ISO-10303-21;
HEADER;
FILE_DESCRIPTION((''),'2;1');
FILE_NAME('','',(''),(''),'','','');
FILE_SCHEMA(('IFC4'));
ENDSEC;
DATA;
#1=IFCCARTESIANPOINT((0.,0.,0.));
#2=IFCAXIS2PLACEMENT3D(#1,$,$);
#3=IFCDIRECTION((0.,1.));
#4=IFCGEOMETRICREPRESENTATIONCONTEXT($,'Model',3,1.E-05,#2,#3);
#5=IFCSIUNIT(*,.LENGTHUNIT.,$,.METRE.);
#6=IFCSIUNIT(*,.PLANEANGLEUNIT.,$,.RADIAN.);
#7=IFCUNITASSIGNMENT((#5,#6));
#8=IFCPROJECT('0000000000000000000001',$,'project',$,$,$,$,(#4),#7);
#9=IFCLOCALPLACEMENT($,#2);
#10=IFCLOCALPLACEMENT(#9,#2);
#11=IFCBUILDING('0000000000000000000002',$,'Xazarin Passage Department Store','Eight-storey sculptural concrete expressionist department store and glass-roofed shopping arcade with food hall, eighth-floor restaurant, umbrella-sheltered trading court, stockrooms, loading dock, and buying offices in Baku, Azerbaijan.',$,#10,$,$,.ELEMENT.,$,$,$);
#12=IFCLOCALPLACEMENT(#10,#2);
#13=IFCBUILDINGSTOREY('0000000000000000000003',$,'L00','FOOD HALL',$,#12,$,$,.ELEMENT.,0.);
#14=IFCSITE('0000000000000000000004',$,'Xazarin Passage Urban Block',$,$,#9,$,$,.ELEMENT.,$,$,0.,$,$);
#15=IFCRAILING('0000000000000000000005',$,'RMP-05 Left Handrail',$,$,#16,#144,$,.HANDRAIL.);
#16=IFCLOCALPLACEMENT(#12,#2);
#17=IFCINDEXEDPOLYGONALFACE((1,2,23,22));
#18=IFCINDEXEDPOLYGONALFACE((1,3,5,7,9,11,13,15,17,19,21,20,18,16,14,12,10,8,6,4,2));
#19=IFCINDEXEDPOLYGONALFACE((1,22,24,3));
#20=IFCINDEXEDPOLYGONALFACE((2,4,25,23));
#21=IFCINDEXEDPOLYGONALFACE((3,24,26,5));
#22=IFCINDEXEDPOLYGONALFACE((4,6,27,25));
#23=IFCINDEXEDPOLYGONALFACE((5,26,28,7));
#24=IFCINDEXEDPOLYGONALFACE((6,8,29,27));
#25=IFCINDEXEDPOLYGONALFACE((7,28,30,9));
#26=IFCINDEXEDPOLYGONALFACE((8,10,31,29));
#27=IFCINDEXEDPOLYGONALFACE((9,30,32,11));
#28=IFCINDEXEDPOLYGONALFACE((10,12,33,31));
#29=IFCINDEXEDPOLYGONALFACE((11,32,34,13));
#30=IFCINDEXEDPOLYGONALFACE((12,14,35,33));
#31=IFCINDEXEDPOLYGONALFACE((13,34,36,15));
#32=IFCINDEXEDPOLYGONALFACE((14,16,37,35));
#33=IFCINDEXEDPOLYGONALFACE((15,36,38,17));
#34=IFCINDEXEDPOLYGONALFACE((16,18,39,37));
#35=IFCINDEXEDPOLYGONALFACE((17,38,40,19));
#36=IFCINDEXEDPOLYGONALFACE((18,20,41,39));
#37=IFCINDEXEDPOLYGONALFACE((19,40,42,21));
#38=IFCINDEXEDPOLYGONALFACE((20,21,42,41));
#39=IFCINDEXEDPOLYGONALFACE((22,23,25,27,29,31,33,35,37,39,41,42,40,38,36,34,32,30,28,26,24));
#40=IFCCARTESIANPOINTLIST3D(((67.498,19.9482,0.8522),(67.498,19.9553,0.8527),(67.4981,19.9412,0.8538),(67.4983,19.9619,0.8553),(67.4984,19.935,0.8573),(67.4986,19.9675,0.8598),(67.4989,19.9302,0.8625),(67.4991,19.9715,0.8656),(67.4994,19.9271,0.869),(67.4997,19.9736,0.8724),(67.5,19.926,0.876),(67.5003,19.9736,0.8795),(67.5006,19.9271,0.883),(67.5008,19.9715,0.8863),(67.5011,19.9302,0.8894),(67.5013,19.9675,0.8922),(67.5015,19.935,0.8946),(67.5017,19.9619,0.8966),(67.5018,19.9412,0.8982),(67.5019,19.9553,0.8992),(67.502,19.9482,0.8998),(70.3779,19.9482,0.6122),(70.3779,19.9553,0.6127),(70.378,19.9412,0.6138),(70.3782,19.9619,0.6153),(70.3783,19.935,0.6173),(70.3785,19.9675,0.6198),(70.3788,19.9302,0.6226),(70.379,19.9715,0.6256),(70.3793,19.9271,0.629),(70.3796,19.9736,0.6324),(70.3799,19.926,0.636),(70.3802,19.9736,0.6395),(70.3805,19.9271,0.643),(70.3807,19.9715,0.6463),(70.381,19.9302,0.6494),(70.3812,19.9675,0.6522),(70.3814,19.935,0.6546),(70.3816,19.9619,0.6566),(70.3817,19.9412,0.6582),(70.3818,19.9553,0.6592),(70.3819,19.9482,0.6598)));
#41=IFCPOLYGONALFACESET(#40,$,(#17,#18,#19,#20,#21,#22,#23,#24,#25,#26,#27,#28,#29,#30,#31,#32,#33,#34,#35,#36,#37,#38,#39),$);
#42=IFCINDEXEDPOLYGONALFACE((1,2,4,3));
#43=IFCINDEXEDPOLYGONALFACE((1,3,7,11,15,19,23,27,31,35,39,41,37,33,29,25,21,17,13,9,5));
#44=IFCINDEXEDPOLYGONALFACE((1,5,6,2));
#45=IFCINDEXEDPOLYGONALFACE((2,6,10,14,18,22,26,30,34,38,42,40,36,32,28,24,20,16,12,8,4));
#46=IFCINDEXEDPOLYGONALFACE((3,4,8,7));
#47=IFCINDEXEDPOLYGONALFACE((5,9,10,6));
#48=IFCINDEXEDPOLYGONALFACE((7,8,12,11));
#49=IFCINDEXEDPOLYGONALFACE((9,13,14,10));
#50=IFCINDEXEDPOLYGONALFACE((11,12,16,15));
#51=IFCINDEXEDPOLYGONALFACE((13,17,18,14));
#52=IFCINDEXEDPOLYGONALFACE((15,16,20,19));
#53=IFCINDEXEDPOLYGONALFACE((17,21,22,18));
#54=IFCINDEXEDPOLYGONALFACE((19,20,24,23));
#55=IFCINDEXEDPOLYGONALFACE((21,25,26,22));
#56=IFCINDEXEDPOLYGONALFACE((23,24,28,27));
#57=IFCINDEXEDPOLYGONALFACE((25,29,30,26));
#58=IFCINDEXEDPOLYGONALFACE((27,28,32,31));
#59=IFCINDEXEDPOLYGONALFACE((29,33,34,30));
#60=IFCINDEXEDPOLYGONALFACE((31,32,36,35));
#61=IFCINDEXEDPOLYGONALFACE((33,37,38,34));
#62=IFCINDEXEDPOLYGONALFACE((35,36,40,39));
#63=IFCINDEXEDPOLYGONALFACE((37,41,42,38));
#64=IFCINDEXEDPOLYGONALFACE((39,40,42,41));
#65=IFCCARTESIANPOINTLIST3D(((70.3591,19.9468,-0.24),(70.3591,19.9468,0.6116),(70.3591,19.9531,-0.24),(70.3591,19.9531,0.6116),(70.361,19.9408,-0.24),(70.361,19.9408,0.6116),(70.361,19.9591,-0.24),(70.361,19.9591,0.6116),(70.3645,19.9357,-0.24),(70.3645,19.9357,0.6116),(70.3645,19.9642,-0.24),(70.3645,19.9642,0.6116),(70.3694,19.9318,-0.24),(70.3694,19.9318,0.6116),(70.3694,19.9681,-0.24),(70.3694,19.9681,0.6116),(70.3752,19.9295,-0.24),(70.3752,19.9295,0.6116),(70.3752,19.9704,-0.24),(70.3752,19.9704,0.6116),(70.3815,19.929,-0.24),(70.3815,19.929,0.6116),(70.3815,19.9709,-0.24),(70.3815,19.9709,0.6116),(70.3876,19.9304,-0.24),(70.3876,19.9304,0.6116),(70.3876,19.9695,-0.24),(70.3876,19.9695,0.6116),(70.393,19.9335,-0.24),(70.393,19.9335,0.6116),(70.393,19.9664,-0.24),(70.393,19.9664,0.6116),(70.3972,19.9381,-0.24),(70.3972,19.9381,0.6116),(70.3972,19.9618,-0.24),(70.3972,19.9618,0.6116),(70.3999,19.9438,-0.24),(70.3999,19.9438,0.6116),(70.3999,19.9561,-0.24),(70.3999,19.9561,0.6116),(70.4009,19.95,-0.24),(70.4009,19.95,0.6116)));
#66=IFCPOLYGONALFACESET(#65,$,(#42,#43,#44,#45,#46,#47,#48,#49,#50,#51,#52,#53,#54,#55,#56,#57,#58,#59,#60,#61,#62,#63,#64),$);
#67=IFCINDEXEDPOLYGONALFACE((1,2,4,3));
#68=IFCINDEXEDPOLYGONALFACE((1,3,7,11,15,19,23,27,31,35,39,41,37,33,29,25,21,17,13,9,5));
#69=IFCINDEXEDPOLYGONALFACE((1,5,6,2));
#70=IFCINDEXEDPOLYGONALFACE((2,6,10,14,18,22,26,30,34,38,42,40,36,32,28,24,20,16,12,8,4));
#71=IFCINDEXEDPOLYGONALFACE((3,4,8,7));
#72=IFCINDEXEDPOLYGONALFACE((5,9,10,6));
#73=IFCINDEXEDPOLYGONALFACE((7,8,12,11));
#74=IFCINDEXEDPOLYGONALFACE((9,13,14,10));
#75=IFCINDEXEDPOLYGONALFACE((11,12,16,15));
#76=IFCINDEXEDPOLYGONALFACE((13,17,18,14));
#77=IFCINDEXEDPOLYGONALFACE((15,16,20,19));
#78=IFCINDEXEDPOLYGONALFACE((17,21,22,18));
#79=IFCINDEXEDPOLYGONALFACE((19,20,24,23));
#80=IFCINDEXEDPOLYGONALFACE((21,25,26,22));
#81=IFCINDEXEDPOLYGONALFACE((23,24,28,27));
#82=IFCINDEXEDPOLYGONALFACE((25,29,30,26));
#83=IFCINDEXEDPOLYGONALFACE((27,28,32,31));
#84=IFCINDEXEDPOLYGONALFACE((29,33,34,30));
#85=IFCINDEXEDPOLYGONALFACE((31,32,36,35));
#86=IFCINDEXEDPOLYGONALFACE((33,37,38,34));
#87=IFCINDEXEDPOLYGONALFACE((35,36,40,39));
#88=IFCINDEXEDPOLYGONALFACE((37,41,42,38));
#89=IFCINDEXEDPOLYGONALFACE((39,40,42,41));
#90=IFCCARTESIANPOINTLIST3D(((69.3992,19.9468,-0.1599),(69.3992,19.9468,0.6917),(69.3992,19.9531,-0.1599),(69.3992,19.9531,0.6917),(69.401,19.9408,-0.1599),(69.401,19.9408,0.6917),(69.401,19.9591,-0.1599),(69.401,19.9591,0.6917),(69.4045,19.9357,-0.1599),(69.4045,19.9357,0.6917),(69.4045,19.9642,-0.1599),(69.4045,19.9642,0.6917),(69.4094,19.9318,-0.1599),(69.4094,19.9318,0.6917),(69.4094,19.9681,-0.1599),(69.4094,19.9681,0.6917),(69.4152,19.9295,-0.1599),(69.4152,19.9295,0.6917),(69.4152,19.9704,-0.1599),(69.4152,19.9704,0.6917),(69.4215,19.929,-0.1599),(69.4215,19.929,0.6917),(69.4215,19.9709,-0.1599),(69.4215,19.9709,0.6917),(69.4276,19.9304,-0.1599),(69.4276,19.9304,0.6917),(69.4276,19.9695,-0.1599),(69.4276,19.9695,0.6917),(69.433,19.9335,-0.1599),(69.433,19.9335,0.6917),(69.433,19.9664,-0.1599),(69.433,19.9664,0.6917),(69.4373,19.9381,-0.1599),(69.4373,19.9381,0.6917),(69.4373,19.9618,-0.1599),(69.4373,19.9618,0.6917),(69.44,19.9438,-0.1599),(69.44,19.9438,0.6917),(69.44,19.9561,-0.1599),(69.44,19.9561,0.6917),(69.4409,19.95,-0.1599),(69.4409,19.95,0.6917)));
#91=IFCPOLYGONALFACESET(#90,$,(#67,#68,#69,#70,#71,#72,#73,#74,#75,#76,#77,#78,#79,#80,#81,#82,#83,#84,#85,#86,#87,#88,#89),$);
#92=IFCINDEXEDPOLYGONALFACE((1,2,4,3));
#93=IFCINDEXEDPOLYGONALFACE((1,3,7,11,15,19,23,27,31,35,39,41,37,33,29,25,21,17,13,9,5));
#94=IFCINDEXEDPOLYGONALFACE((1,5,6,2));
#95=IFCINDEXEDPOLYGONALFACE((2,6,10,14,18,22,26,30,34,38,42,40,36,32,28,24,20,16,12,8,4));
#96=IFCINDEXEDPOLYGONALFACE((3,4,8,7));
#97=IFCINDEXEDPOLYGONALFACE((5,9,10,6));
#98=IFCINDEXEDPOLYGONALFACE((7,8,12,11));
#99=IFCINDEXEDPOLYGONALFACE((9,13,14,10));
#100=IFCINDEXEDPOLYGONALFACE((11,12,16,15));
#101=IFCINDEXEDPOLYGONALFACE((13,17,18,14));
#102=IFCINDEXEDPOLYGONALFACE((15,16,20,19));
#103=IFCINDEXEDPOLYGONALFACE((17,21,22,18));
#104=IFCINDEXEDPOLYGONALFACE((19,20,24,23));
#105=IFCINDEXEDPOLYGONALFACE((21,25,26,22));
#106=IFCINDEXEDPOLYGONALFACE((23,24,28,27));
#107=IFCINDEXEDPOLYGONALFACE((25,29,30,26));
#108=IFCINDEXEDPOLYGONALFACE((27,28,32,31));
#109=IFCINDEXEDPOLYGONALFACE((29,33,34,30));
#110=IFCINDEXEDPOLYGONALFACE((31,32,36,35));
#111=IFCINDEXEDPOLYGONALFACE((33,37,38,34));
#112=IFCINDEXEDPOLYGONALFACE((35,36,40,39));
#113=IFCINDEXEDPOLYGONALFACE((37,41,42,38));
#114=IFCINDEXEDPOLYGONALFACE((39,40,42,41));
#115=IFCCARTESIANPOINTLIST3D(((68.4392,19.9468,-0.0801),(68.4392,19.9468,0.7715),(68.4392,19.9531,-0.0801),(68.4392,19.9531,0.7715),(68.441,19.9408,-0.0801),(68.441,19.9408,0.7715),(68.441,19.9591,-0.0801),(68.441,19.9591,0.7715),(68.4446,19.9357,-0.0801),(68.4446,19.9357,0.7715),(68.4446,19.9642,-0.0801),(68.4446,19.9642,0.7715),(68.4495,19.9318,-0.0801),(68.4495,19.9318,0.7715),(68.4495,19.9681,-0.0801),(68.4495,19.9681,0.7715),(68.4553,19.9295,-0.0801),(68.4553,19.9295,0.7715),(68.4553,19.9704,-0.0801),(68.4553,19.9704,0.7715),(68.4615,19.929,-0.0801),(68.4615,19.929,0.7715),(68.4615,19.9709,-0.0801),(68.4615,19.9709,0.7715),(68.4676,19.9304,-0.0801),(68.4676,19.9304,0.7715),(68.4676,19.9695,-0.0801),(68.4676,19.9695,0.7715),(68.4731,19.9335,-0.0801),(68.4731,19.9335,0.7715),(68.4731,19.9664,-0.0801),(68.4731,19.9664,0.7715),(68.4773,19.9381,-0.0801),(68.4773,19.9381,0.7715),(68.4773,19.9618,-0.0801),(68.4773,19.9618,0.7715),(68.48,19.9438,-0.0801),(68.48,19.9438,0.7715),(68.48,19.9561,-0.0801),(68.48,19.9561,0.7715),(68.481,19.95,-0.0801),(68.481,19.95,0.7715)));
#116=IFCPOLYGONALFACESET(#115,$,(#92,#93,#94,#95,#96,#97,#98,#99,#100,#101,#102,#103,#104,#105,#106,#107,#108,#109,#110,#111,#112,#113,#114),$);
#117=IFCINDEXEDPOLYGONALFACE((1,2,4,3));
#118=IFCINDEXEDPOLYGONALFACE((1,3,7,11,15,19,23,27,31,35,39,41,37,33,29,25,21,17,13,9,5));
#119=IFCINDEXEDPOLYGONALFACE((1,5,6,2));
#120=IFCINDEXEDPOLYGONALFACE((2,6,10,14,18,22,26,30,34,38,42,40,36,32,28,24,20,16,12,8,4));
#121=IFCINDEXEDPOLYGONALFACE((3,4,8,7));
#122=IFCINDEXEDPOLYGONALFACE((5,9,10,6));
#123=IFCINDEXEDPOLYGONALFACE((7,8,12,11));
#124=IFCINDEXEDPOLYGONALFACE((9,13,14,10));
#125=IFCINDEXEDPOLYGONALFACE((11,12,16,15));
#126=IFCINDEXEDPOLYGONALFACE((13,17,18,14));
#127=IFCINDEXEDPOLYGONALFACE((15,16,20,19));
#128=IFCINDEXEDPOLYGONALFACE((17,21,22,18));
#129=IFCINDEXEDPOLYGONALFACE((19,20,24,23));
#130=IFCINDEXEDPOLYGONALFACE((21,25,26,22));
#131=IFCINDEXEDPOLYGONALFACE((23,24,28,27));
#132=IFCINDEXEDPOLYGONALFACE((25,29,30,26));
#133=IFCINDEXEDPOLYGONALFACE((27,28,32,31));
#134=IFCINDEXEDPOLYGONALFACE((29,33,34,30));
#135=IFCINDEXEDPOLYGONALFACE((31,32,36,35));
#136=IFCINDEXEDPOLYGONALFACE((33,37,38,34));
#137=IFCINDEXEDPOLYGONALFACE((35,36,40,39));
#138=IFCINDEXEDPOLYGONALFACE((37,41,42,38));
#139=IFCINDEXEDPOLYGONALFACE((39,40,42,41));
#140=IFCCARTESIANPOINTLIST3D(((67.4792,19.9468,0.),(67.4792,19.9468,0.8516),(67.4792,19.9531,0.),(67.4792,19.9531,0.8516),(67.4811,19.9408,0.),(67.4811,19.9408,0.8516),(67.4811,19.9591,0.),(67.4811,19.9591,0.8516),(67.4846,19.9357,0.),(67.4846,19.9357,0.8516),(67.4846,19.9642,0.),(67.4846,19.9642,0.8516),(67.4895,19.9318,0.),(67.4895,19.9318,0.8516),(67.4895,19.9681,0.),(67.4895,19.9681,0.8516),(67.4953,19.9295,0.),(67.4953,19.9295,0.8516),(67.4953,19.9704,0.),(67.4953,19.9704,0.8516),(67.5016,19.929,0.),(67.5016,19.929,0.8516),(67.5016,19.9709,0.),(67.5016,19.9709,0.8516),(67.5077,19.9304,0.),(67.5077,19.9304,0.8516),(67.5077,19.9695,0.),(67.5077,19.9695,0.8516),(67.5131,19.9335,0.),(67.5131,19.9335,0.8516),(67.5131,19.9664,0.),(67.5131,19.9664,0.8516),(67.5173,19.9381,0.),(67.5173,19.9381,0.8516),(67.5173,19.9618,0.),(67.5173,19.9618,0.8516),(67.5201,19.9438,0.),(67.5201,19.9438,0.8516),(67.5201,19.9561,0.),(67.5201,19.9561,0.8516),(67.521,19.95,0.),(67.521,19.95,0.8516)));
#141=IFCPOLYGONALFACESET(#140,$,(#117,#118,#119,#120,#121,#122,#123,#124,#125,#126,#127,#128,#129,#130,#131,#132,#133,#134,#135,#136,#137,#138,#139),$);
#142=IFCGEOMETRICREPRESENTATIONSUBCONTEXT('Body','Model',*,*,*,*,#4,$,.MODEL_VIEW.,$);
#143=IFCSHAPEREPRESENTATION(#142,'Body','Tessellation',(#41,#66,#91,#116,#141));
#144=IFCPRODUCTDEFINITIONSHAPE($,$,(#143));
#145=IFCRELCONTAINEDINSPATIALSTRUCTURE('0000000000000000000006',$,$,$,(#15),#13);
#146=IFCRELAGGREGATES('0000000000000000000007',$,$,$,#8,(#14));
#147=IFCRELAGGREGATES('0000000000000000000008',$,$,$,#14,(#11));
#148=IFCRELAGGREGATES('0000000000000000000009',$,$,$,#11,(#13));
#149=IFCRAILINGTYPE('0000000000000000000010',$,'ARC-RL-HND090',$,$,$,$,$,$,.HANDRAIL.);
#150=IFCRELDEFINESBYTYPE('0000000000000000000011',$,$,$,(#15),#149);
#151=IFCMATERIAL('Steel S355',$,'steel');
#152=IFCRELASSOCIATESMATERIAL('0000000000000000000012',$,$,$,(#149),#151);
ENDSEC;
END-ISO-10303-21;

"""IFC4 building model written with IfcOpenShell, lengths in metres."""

from ifc_helpers import new_model, si_unit, direction, frame, origin, origin_2d, place, context, subcontext, project, spatial, circle, extrude, material, type_object, element, save


model = new_model("IFC4")

# Units and contexts
model_context = context("Model", 3, precision=1e-05, world=origin(), true_north=direction((0.0, 1.0)))
body_context = subcontext(model_context, "Body", "Model", "MODEL_VIEW")
ifc_project = project(units=[si_unit("LENGTHUNIT", "METRE"), si_unit("PLANEANGLEUNIT", "RADIAN")], contexts=[model_context])

# Site, building, storey
site_placement = place(None, origin())
site = spatial("IfcSite", under=ifc_project, at=site_placement, Name="Xazarin Passage Urban Block", CompositionType="ELEMENT", RefElevation=0.0)
building_placement = place(site_placement, origin())
building = spatial("IfcBuilding", under=site, at=building_placement, Name="Xazarin Passage Department Store", Description="Eight-storey sculptural concrete expressionist department store and glass-roofed shopping arcade with food hall, eighth-floor restaurant, umbrella-sheltered trading court, stockrooms, loading dock, and buying offices in Baku, Azerbaijan.", CompositionType="ELEMENT")
storey_placement = place(building_placement, origin())
storey = spatial("IfcBuildingStorey", under=building, at=storey_placement, Name="L00", Description="FOOD HALL", CompositionType="ELEMENT", Elevation=0.0)

# Shared definitions
ifc_material_1 = material(Name="Steel S355", Category="steel")

# Railing
railing_type = type_object("IfcRailingType", Name="ARC-RL-HND090", PredefinedType="HANDRAIL", material=ifc_material_1)
for number, where, name in (
    (1, (70.3799, 19.95, -0.24), "RMP-05 Left Handrail"),
):
    element("IfcRailing", number, at=place(storey_placement, frame(where)), inside=storey, type_object=railing_type, Name=name, PredefinedType="HANDRAIL", context=body_context, shape_type="SweptSolid", body=[
        extrude(circle(Radius=0.0239, at=origin_2d()), frame((0.0, 0.0, 0.876), z_axis=(-0.996546, 0.0, 0.083045), x_axis=(0.0, -1.0, 0.0)), (0.0, 0.0, 1.0), 2.8899),
        extrude(circle(Radius=0.021, at=origin_2d()), origin(), (0.0, 0.0, 1.0), 0.8516),
        extrude(circle(Radius=0.021, at=origin_2d()), frame((-0.96, 0.0, 0.0801)), (0.0, 0.0, 1.0), 0.8516),
        extrude(circle(Radius=0.021, at=origin_2d()), frame((-1.9199, 0.0, 0.1599)), (0.0, 0.0, 1.0), 0.8516),
        extrude(circle(Radius=0.021, at=origin_2d()), frame((-2.8799, 0.0, 0.24)), (0.0, 0.0, 1.0), 0.8516),
    ])

save(model, "model.ifc")
